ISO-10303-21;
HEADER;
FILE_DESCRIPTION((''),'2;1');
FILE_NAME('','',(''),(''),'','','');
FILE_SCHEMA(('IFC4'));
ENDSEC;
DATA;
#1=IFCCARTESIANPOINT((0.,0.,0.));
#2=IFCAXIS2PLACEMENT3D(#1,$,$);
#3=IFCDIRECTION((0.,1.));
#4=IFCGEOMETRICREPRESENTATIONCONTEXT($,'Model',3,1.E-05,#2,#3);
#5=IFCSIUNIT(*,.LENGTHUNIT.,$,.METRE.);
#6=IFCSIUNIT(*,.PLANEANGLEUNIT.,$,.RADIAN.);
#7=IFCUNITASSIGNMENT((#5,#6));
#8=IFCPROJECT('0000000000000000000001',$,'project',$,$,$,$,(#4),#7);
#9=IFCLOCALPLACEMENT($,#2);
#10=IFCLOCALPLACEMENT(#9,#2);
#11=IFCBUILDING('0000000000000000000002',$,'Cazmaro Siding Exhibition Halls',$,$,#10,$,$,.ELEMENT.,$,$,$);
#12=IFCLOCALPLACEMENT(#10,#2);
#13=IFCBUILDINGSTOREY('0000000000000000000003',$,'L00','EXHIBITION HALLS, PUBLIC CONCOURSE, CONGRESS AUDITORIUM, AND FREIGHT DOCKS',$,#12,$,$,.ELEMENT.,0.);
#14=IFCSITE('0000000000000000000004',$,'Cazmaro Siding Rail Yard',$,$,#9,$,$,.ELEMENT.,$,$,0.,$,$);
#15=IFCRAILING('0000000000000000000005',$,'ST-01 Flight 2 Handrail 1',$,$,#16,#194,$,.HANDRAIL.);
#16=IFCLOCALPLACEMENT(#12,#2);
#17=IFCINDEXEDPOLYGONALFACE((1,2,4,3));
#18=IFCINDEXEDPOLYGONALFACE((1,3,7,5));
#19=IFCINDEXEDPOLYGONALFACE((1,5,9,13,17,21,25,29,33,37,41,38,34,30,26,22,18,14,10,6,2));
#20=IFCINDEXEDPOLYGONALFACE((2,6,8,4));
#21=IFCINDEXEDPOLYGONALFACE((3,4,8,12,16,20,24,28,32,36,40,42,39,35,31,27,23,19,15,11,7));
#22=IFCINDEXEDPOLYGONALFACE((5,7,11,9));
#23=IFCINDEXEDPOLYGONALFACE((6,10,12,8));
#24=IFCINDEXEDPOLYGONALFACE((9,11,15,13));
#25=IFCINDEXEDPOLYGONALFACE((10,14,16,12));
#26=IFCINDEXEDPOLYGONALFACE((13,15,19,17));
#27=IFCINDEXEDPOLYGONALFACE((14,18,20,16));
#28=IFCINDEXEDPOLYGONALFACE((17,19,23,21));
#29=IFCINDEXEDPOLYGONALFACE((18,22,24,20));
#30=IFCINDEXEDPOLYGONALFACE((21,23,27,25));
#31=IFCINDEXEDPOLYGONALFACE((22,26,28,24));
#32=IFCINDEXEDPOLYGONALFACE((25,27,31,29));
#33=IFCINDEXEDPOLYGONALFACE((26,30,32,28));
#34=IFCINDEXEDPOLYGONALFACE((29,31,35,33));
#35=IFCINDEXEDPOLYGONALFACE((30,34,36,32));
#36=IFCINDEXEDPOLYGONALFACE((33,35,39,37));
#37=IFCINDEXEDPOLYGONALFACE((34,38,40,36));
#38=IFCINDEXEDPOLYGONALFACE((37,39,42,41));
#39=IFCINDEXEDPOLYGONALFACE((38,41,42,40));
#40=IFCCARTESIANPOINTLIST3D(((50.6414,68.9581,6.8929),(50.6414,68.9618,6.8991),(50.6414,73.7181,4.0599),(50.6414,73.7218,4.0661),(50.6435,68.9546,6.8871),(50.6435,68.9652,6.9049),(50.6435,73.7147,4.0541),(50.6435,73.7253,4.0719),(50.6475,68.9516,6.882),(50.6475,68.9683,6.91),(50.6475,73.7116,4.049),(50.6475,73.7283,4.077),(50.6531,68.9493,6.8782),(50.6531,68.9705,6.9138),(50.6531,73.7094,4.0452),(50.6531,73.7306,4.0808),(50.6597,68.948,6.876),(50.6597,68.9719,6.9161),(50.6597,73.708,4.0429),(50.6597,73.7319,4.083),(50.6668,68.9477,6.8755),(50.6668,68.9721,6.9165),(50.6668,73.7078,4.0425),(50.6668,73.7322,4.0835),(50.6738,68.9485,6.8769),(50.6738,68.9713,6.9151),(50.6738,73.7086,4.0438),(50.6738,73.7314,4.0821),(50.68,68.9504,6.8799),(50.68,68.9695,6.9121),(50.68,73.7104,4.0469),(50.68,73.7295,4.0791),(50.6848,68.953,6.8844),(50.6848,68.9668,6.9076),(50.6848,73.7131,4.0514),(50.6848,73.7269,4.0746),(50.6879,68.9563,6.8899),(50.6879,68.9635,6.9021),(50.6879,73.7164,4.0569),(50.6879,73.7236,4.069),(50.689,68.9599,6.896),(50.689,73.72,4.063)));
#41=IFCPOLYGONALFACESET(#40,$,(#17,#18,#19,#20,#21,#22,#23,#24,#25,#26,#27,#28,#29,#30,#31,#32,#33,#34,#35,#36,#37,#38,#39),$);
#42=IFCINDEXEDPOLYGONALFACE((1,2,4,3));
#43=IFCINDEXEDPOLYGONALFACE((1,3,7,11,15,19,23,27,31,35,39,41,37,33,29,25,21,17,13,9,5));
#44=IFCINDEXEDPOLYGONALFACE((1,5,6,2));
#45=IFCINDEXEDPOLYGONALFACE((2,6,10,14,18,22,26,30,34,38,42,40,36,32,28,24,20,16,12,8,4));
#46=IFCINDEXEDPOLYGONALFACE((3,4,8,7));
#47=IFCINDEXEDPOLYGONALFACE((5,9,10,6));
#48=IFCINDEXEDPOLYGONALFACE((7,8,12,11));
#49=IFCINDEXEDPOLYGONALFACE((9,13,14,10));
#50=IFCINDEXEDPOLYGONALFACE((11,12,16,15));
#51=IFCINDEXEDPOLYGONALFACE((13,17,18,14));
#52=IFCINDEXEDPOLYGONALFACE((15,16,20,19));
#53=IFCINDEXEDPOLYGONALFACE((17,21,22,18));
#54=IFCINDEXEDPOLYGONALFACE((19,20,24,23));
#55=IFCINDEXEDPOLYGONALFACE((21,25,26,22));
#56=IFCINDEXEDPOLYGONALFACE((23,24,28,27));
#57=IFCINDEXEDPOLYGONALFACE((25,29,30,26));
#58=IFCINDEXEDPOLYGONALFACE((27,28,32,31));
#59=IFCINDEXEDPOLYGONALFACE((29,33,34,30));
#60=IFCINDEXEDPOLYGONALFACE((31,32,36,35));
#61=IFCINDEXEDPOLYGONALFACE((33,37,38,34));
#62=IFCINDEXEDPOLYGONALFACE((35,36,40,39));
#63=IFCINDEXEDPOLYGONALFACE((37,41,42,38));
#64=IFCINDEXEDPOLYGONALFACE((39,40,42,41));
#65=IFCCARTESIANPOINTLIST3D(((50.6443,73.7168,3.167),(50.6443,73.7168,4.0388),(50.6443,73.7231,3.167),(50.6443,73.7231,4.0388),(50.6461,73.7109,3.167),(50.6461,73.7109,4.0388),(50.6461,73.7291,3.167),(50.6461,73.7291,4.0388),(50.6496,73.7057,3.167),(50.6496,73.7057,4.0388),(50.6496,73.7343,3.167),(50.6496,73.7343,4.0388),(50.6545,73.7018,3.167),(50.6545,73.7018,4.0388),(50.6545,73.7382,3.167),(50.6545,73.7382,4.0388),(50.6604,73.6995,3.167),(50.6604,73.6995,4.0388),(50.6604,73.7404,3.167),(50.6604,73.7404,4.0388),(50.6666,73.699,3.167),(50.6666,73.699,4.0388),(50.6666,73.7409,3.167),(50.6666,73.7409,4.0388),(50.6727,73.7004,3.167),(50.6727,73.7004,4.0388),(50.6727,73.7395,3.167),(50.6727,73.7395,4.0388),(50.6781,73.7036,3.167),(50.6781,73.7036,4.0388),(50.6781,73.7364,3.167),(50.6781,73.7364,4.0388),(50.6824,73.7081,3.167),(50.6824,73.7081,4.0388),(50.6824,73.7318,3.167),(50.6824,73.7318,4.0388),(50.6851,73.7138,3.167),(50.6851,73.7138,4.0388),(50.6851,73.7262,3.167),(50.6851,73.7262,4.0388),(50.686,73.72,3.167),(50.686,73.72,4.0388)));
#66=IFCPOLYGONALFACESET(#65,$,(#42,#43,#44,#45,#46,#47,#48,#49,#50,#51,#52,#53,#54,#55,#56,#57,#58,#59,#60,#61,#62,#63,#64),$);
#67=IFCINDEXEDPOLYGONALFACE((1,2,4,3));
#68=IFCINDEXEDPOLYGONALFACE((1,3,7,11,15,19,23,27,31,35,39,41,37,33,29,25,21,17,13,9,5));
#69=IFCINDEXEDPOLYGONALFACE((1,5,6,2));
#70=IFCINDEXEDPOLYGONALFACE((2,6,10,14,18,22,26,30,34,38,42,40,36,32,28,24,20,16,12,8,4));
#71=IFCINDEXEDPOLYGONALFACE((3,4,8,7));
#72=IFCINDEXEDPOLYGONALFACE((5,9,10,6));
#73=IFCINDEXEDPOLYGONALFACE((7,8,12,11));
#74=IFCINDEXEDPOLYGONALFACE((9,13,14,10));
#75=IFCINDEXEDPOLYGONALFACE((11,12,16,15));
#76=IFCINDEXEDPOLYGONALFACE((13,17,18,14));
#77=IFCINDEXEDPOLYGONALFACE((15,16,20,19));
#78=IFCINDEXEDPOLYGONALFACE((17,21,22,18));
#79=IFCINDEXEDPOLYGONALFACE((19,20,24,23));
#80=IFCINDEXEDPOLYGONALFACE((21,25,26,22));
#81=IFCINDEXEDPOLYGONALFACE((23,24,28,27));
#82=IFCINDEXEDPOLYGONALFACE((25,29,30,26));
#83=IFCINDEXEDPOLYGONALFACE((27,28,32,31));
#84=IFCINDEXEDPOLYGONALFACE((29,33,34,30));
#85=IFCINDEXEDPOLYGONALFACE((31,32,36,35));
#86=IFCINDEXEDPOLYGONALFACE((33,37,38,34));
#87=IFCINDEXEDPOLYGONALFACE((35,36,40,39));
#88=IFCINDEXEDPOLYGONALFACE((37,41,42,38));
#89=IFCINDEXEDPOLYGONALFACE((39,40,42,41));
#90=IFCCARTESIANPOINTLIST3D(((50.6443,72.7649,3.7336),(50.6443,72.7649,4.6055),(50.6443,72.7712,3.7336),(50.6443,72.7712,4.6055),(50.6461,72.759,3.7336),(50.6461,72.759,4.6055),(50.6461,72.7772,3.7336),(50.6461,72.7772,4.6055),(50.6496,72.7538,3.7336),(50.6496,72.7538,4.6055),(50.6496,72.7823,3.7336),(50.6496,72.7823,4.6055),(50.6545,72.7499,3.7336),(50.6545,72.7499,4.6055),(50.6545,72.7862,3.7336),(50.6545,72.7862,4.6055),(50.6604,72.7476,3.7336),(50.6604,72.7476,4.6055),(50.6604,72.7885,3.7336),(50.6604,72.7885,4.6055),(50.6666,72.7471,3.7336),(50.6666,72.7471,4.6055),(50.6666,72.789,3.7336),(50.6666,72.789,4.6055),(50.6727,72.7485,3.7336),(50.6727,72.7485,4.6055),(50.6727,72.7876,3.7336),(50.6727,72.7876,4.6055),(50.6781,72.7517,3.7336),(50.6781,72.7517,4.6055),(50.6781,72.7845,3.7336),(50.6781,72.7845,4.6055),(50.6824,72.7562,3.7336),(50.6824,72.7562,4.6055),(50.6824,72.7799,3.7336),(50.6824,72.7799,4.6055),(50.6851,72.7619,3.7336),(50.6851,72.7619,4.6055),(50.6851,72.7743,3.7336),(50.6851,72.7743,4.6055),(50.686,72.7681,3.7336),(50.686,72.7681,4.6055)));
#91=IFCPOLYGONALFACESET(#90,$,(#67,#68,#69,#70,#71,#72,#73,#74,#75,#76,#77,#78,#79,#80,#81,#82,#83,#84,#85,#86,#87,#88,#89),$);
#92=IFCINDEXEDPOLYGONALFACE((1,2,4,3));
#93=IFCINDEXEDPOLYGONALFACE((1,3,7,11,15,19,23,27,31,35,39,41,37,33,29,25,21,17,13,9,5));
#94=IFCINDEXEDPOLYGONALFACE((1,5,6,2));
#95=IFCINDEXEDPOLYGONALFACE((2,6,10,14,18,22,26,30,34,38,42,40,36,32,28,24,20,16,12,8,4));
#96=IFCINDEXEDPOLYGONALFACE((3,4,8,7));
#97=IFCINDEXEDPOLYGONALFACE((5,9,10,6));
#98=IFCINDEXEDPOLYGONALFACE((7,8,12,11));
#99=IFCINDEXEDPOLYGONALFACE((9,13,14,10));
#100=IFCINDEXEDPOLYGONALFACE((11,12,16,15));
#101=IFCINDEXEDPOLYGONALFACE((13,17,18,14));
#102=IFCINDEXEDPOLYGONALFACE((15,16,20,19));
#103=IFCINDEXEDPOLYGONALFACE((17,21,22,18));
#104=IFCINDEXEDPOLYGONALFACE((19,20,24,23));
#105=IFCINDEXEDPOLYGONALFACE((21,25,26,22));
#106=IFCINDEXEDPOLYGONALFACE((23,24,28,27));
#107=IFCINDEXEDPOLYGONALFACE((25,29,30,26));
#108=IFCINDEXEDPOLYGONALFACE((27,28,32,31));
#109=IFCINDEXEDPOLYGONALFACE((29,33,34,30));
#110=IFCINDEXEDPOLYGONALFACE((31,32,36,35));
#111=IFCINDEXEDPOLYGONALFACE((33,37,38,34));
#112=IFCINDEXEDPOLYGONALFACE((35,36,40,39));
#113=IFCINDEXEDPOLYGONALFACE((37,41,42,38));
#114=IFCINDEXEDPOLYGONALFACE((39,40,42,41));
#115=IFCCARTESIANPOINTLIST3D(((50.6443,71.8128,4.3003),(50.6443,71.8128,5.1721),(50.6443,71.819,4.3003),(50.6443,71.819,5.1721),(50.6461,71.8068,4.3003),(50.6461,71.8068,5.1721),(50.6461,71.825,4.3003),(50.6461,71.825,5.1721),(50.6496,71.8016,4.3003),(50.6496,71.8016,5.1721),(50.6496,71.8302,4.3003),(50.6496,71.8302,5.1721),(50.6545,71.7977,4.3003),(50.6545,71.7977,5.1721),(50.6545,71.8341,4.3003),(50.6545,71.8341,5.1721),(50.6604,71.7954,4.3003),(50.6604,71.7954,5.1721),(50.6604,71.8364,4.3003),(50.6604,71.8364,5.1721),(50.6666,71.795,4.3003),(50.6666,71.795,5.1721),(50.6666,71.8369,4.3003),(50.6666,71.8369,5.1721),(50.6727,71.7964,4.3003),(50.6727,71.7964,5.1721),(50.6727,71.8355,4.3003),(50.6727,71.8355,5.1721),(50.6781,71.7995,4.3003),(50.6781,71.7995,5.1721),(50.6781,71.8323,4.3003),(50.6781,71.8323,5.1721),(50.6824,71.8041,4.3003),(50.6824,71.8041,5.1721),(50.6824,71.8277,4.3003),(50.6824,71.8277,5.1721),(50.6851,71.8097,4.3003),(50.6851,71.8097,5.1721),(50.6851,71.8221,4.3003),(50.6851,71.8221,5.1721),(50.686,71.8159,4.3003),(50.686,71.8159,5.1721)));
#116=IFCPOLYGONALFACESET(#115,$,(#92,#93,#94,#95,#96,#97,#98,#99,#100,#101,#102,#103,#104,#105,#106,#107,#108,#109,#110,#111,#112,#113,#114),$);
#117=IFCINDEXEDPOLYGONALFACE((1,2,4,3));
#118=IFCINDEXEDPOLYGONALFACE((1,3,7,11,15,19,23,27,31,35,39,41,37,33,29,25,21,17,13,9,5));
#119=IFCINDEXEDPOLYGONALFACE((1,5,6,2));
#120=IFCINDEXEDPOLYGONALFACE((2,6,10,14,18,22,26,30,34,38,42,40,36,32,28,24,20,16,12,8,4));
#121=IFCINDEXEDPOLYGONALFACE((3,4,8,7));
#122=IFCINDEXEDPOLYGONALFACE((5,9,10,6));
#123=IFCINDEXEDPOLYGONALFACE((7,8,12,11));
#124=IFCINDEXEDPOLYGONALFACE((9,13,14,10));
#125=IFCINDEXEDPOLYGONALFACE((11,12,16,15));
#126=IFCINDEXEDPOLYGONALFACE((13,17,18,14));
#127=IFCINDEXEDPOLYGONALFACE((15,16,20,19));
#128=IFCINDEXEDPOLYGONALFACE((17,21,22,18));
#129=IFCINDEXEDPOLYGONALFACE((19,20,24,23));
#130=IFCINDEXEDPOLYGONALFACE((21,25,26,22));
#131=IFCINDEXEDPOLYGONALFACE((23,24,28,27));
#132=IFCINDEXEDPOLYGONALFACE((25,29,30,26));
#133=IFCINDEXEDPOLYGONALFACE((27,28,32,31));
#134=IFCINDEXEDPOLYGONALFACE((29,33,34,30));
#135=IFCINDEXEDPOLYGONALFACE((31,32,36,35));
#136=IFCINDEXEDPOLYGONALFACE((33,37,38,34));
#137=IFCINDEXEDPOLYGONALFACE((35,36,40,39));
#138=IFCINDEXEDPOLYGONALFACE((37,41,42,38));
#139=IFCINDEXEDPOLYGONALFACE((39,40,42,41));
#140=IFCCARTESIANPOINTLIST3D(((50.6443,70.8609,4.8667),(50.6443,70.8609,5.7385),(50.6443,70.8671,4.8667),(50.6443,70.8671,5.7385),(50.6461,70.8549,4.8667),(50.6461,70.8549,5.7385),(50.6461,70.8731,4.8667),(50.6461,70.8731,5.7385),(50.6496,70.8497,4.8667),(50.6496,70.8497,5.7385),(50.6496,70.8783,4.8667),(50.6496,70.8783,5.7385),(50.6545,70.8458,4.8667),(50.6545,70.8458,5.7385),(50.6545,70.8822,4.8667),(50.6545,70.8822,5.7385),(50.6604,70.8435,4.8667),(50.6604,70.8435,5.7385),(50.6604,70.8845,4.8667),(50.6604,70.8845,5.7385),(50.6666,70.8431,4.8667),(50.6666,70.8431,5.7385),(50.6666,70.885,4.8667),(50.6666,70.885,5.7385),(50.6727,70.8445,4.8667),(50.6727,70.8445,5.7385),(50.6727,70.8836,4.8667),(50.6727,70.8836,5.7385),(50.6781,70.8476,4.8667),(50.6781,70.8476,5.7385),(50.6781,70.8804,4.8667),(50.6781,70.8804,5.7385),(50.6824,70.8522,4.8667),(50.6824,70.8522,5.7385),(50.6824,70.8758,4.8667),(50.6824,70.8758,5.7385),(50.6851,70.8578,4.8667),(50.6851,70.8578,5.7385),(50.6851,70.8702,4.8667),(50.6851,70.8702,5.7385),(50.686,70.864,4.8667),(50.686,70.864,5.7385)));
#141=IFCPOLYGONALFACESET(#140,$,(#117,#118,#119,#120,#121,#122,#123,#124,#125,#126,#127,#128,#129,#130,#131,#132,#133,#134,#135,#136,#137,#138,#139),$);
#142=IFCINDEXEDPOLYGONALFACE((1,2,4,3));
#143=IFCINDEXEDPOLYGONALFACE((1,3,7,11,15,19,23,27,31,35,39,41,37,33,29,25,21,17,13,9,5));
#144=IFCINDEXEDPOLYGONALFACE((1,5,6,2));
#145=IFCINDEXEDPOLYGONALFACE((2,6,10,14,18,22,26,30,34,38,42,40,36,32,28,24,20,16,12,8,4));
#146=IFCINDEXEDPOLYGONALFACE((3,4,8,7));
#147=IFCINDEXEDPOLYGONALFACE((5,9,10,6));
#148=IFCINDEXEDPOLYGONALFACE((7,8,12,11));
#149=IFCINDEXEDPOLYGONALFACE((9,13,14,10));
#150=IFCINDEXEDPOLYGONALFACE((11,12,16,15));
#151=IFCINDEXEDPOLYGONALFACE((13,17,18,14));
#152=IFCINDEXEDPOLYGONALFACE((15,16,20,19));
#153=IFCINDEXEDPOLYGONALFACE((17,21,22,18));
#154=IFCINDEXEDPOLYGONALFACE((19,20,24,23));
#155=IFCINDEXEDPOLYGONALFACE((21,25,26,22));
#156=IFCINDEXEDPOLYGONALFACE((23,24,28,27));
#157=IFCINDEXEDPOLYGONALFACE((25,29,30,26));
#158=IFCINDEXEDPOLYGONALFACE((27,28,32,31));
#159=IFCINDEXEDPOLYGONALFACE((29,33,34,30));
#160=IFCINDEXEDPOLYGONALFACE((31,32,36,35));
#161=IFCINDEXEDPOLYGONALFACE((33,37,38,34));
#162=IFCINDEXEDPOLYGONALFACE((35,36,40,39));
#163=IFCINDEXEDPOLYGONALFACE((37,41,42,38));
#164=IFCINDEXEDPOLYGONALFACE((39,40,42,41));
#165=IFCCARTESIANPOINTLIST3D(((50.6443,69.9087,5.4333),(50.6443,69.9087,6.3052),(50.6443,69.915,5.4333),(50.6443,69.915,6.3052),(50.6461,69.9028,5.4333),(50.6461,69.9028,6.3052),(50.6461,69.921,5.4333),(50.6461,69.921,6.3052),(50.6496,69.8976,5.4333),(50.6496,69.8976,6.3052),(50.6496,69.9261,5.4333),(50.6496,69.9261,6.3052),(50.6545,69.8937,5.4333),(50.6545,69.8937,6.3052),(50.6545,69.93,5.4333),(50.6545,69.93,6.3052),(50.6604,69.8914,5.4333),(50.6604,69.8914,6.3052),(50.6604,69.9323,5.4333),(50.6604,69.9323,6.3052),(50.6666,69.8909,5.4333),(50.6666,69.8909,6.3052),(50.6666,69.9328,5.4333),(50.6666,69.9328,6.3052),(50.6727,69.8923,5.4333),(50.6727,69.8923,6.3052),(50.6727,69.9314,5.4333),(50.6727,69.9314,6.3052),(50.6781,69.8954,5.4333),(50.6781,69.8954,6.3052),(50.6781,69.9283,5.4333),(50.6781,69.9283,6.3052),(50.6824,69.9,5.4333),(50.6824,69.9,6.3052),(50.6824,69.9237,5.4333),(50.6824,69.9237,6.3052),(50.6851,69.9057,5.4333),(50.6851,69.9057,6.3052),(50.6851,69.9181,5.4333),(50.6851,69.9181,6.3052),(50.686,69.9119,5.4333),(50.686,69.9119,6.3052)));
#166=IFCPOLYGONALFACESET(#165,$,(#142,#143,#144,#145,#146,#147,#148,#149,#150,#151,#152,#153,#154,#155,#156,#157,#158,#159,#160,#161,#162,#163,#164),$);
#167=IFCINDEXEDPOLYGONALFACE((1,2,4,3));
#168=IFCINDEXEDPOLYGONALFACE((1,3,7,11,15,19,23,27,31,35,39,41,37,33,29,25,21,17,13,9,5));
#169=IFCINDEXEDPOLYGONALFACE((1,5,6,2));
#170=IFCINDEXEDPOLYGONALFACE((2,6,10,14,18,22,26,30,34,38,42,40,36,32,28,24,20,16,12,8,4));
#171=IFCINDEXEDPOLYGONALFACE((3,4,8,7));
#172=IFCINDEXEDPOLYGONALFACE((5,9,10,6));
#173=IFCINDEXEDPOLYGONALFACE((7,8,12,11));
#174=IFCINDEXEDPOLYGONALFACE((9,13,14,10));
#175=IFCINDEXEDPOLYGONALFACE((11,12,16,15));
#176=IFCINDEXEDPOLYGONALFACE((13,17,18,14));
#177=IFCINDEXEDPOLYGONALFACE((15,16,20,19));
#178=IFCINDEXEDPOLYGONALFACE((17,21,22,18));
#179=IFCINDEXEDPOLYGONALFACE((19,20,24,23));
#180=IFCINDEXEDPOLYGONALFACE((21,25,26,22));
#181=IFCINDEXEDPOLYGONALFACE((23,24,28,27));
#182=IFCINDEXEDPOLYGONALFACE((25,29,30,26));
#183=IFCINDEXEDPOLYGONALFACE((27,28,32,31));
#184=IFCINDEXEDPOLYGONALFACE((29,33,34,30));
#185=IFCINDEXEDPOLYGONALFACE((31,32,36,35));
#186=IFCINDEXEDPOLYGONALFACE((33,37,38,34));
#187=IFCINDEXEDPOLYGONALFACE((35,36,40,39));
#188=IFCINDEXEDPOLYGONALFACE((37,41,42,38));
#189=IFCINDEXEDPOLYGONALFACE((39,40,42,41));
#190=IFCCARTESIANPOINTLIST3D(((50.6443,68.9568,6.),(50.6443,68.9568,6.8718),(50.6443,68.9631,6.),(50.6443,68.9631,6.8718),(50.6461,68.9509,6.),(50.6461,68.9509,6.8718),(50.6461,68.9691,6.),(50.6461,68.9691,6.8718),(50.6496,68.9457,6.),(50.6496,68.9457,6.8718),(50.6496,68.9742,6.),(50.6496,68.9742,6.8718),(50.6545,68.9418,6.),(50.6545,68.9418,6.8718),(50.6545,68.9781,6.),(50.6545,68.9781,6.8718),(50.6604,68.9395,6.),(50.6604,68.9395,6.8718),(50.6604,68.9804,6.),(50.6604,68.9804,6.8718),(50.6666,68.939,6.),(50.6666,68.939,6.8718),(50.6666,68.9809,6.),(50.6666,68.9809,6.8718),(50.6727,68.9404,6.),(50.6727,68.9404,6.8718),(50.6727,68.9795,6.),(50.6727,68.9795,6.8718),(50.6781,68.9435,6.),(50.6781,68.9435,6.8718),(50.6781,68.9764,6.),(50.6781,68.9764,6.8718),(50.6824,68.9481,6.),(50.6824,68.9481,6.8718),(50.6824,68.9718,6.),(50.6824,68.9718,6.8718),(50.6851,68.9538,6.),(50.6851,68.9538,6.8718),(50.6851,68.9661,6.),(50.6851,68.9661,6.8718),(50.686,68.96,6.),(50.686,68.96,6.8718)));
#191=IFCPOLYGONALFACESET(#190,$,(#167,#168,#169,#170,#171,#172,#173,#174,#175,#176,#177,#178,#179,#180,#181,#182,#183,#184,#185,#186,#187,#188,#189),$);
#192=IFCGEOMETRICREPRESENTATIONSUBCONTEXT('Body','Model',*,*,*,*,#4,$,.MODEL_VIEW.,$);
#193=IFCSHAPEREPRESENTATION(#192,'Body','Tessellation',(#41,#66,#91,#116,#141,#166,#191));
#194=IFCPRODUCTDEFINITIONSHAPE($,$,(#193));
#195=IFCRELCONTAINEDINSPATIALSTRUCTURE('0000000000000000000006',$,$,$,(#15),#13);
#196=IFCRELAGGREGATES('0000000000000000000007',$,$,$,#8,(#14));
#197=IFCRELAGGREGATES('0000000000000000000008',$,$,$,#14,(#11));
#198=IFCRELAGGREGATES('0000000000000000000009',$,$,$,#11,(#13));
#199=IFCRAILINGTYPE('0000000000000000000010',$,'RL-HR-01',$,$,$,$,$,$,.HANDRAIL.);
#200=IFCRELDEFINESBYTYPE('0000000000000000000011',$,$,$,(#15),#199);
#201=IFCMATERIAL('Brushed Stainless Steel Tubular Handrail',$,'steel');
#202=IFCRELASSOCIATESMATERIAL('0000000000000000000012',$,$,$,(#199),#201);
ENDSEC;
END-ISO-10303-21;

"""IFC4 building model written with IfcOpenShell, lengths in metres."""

from ifc_helpers import new_model, si_unit, direction, frame, origin, origin_2d, place, context, subcontext, project, spatial, circle, extrude, material, type_object, element, save


model = new_model("IFC4")

# Units and contexts
model_context = context("Model", 3, precision=1e-05, world=origin(), true_north=direction((0.0, 1.0)))
body_context = subcontext(model_context, "Body", "Model", "MODEL_VIEW")
ifc_project = project(units=[si_unit("LENGTHUNIT", "METRE"), si_unit("PLANEANGLEUNIT", "RADIAN")], contexts=[model_context])

# Site, building, storey
site_placement = place(None, origin())
site = spatial("IfcSite", under=ifc_project, at=site_placement, Name="Cazmaro Siding Rail Yard", CompositionType="ELEMENT", RefElevation=0.0)
building_placement = place(site_placement, origin())
building = spatial("IfcBuilding", under=site, at=building_placement, Name="Cazmaro Siding Exhibition Halls", CompositionType="ELEMENT")
storey_placement = place(building_placement, origin())
storey = spatial("IfcBuildingStorey", under=building, at=storey_placement, Name="L00", Description="EXHIBITION HALLS, PUBLIC CONCOURSE, CONGRESS AUDITORIUM, AND FREIGHT DOCKS", CompositionType="ELEMENT", Elevation=0.0)

# Railing
ifc_material_1 = material(Name="Brushed Stainless Steel Tubular Handrail", Category="steel")
railing_type_1 = type_object("IfcRailingType", Name="RL-HR-01", PredefinedType="HANDRAIL", material=ifc_material_1)
railing_1_placement = place(storey_placement, frame((50.665, 73.72, 3.167)))
element("IfcRailing", 1, at=railing_1_placement, inside=storey, type_object=railing_type_1, Name="ST-01 Flight 2 Handrail 1", PredefinedType="HANDRAIL", context=body_context, shape_type="SweptSolid", body=[
    extrude(circle(Radius=0.0239, at=origin_2d()), frame((0.0, 0.0, 0.896), z_axis=(0.0, -0.859319, 0.51144), x_axis=(1.0, 0.0, 0.0)), (0.0, 0.0, 1.0), 5.5393),
    extrude(circle(Radius=0.021, at=origin_2d()), origin(), (0.0, 0.0, 1.0), 0.8718),
    extrude(circle(Radius=0.021, at=origin_2d()), frame((0.0, -0.9519, 0.5667)), (0.0, 0.0, 1.0), 0.8718),
    extrude(circle(Radius=0.021, at=origin_2d()), frame((0.0, -1.9041, 1.1333)), (0.0, 0.0, 1.0), 0.8718),
    extrude(circle(Radius=0.021, at=origin_2d()), frame((0.0, -2.856, 1.6997)), (0.0, 0.0, 1.0), 0.8718),
    extrude(circle(Radius=0.021, at=origin_2d()), frame((0.0, -3.8081, 2.2664)), (0.0, 0.0, 1.0), 0.8718),
    extrude(circle(Radius=0.021, at=origin_2d()), frame((0.0, -4.76, 2.833)), (0.0, 0.0, 1.0), 0.8718),
])

save(model, "model.ifc")
